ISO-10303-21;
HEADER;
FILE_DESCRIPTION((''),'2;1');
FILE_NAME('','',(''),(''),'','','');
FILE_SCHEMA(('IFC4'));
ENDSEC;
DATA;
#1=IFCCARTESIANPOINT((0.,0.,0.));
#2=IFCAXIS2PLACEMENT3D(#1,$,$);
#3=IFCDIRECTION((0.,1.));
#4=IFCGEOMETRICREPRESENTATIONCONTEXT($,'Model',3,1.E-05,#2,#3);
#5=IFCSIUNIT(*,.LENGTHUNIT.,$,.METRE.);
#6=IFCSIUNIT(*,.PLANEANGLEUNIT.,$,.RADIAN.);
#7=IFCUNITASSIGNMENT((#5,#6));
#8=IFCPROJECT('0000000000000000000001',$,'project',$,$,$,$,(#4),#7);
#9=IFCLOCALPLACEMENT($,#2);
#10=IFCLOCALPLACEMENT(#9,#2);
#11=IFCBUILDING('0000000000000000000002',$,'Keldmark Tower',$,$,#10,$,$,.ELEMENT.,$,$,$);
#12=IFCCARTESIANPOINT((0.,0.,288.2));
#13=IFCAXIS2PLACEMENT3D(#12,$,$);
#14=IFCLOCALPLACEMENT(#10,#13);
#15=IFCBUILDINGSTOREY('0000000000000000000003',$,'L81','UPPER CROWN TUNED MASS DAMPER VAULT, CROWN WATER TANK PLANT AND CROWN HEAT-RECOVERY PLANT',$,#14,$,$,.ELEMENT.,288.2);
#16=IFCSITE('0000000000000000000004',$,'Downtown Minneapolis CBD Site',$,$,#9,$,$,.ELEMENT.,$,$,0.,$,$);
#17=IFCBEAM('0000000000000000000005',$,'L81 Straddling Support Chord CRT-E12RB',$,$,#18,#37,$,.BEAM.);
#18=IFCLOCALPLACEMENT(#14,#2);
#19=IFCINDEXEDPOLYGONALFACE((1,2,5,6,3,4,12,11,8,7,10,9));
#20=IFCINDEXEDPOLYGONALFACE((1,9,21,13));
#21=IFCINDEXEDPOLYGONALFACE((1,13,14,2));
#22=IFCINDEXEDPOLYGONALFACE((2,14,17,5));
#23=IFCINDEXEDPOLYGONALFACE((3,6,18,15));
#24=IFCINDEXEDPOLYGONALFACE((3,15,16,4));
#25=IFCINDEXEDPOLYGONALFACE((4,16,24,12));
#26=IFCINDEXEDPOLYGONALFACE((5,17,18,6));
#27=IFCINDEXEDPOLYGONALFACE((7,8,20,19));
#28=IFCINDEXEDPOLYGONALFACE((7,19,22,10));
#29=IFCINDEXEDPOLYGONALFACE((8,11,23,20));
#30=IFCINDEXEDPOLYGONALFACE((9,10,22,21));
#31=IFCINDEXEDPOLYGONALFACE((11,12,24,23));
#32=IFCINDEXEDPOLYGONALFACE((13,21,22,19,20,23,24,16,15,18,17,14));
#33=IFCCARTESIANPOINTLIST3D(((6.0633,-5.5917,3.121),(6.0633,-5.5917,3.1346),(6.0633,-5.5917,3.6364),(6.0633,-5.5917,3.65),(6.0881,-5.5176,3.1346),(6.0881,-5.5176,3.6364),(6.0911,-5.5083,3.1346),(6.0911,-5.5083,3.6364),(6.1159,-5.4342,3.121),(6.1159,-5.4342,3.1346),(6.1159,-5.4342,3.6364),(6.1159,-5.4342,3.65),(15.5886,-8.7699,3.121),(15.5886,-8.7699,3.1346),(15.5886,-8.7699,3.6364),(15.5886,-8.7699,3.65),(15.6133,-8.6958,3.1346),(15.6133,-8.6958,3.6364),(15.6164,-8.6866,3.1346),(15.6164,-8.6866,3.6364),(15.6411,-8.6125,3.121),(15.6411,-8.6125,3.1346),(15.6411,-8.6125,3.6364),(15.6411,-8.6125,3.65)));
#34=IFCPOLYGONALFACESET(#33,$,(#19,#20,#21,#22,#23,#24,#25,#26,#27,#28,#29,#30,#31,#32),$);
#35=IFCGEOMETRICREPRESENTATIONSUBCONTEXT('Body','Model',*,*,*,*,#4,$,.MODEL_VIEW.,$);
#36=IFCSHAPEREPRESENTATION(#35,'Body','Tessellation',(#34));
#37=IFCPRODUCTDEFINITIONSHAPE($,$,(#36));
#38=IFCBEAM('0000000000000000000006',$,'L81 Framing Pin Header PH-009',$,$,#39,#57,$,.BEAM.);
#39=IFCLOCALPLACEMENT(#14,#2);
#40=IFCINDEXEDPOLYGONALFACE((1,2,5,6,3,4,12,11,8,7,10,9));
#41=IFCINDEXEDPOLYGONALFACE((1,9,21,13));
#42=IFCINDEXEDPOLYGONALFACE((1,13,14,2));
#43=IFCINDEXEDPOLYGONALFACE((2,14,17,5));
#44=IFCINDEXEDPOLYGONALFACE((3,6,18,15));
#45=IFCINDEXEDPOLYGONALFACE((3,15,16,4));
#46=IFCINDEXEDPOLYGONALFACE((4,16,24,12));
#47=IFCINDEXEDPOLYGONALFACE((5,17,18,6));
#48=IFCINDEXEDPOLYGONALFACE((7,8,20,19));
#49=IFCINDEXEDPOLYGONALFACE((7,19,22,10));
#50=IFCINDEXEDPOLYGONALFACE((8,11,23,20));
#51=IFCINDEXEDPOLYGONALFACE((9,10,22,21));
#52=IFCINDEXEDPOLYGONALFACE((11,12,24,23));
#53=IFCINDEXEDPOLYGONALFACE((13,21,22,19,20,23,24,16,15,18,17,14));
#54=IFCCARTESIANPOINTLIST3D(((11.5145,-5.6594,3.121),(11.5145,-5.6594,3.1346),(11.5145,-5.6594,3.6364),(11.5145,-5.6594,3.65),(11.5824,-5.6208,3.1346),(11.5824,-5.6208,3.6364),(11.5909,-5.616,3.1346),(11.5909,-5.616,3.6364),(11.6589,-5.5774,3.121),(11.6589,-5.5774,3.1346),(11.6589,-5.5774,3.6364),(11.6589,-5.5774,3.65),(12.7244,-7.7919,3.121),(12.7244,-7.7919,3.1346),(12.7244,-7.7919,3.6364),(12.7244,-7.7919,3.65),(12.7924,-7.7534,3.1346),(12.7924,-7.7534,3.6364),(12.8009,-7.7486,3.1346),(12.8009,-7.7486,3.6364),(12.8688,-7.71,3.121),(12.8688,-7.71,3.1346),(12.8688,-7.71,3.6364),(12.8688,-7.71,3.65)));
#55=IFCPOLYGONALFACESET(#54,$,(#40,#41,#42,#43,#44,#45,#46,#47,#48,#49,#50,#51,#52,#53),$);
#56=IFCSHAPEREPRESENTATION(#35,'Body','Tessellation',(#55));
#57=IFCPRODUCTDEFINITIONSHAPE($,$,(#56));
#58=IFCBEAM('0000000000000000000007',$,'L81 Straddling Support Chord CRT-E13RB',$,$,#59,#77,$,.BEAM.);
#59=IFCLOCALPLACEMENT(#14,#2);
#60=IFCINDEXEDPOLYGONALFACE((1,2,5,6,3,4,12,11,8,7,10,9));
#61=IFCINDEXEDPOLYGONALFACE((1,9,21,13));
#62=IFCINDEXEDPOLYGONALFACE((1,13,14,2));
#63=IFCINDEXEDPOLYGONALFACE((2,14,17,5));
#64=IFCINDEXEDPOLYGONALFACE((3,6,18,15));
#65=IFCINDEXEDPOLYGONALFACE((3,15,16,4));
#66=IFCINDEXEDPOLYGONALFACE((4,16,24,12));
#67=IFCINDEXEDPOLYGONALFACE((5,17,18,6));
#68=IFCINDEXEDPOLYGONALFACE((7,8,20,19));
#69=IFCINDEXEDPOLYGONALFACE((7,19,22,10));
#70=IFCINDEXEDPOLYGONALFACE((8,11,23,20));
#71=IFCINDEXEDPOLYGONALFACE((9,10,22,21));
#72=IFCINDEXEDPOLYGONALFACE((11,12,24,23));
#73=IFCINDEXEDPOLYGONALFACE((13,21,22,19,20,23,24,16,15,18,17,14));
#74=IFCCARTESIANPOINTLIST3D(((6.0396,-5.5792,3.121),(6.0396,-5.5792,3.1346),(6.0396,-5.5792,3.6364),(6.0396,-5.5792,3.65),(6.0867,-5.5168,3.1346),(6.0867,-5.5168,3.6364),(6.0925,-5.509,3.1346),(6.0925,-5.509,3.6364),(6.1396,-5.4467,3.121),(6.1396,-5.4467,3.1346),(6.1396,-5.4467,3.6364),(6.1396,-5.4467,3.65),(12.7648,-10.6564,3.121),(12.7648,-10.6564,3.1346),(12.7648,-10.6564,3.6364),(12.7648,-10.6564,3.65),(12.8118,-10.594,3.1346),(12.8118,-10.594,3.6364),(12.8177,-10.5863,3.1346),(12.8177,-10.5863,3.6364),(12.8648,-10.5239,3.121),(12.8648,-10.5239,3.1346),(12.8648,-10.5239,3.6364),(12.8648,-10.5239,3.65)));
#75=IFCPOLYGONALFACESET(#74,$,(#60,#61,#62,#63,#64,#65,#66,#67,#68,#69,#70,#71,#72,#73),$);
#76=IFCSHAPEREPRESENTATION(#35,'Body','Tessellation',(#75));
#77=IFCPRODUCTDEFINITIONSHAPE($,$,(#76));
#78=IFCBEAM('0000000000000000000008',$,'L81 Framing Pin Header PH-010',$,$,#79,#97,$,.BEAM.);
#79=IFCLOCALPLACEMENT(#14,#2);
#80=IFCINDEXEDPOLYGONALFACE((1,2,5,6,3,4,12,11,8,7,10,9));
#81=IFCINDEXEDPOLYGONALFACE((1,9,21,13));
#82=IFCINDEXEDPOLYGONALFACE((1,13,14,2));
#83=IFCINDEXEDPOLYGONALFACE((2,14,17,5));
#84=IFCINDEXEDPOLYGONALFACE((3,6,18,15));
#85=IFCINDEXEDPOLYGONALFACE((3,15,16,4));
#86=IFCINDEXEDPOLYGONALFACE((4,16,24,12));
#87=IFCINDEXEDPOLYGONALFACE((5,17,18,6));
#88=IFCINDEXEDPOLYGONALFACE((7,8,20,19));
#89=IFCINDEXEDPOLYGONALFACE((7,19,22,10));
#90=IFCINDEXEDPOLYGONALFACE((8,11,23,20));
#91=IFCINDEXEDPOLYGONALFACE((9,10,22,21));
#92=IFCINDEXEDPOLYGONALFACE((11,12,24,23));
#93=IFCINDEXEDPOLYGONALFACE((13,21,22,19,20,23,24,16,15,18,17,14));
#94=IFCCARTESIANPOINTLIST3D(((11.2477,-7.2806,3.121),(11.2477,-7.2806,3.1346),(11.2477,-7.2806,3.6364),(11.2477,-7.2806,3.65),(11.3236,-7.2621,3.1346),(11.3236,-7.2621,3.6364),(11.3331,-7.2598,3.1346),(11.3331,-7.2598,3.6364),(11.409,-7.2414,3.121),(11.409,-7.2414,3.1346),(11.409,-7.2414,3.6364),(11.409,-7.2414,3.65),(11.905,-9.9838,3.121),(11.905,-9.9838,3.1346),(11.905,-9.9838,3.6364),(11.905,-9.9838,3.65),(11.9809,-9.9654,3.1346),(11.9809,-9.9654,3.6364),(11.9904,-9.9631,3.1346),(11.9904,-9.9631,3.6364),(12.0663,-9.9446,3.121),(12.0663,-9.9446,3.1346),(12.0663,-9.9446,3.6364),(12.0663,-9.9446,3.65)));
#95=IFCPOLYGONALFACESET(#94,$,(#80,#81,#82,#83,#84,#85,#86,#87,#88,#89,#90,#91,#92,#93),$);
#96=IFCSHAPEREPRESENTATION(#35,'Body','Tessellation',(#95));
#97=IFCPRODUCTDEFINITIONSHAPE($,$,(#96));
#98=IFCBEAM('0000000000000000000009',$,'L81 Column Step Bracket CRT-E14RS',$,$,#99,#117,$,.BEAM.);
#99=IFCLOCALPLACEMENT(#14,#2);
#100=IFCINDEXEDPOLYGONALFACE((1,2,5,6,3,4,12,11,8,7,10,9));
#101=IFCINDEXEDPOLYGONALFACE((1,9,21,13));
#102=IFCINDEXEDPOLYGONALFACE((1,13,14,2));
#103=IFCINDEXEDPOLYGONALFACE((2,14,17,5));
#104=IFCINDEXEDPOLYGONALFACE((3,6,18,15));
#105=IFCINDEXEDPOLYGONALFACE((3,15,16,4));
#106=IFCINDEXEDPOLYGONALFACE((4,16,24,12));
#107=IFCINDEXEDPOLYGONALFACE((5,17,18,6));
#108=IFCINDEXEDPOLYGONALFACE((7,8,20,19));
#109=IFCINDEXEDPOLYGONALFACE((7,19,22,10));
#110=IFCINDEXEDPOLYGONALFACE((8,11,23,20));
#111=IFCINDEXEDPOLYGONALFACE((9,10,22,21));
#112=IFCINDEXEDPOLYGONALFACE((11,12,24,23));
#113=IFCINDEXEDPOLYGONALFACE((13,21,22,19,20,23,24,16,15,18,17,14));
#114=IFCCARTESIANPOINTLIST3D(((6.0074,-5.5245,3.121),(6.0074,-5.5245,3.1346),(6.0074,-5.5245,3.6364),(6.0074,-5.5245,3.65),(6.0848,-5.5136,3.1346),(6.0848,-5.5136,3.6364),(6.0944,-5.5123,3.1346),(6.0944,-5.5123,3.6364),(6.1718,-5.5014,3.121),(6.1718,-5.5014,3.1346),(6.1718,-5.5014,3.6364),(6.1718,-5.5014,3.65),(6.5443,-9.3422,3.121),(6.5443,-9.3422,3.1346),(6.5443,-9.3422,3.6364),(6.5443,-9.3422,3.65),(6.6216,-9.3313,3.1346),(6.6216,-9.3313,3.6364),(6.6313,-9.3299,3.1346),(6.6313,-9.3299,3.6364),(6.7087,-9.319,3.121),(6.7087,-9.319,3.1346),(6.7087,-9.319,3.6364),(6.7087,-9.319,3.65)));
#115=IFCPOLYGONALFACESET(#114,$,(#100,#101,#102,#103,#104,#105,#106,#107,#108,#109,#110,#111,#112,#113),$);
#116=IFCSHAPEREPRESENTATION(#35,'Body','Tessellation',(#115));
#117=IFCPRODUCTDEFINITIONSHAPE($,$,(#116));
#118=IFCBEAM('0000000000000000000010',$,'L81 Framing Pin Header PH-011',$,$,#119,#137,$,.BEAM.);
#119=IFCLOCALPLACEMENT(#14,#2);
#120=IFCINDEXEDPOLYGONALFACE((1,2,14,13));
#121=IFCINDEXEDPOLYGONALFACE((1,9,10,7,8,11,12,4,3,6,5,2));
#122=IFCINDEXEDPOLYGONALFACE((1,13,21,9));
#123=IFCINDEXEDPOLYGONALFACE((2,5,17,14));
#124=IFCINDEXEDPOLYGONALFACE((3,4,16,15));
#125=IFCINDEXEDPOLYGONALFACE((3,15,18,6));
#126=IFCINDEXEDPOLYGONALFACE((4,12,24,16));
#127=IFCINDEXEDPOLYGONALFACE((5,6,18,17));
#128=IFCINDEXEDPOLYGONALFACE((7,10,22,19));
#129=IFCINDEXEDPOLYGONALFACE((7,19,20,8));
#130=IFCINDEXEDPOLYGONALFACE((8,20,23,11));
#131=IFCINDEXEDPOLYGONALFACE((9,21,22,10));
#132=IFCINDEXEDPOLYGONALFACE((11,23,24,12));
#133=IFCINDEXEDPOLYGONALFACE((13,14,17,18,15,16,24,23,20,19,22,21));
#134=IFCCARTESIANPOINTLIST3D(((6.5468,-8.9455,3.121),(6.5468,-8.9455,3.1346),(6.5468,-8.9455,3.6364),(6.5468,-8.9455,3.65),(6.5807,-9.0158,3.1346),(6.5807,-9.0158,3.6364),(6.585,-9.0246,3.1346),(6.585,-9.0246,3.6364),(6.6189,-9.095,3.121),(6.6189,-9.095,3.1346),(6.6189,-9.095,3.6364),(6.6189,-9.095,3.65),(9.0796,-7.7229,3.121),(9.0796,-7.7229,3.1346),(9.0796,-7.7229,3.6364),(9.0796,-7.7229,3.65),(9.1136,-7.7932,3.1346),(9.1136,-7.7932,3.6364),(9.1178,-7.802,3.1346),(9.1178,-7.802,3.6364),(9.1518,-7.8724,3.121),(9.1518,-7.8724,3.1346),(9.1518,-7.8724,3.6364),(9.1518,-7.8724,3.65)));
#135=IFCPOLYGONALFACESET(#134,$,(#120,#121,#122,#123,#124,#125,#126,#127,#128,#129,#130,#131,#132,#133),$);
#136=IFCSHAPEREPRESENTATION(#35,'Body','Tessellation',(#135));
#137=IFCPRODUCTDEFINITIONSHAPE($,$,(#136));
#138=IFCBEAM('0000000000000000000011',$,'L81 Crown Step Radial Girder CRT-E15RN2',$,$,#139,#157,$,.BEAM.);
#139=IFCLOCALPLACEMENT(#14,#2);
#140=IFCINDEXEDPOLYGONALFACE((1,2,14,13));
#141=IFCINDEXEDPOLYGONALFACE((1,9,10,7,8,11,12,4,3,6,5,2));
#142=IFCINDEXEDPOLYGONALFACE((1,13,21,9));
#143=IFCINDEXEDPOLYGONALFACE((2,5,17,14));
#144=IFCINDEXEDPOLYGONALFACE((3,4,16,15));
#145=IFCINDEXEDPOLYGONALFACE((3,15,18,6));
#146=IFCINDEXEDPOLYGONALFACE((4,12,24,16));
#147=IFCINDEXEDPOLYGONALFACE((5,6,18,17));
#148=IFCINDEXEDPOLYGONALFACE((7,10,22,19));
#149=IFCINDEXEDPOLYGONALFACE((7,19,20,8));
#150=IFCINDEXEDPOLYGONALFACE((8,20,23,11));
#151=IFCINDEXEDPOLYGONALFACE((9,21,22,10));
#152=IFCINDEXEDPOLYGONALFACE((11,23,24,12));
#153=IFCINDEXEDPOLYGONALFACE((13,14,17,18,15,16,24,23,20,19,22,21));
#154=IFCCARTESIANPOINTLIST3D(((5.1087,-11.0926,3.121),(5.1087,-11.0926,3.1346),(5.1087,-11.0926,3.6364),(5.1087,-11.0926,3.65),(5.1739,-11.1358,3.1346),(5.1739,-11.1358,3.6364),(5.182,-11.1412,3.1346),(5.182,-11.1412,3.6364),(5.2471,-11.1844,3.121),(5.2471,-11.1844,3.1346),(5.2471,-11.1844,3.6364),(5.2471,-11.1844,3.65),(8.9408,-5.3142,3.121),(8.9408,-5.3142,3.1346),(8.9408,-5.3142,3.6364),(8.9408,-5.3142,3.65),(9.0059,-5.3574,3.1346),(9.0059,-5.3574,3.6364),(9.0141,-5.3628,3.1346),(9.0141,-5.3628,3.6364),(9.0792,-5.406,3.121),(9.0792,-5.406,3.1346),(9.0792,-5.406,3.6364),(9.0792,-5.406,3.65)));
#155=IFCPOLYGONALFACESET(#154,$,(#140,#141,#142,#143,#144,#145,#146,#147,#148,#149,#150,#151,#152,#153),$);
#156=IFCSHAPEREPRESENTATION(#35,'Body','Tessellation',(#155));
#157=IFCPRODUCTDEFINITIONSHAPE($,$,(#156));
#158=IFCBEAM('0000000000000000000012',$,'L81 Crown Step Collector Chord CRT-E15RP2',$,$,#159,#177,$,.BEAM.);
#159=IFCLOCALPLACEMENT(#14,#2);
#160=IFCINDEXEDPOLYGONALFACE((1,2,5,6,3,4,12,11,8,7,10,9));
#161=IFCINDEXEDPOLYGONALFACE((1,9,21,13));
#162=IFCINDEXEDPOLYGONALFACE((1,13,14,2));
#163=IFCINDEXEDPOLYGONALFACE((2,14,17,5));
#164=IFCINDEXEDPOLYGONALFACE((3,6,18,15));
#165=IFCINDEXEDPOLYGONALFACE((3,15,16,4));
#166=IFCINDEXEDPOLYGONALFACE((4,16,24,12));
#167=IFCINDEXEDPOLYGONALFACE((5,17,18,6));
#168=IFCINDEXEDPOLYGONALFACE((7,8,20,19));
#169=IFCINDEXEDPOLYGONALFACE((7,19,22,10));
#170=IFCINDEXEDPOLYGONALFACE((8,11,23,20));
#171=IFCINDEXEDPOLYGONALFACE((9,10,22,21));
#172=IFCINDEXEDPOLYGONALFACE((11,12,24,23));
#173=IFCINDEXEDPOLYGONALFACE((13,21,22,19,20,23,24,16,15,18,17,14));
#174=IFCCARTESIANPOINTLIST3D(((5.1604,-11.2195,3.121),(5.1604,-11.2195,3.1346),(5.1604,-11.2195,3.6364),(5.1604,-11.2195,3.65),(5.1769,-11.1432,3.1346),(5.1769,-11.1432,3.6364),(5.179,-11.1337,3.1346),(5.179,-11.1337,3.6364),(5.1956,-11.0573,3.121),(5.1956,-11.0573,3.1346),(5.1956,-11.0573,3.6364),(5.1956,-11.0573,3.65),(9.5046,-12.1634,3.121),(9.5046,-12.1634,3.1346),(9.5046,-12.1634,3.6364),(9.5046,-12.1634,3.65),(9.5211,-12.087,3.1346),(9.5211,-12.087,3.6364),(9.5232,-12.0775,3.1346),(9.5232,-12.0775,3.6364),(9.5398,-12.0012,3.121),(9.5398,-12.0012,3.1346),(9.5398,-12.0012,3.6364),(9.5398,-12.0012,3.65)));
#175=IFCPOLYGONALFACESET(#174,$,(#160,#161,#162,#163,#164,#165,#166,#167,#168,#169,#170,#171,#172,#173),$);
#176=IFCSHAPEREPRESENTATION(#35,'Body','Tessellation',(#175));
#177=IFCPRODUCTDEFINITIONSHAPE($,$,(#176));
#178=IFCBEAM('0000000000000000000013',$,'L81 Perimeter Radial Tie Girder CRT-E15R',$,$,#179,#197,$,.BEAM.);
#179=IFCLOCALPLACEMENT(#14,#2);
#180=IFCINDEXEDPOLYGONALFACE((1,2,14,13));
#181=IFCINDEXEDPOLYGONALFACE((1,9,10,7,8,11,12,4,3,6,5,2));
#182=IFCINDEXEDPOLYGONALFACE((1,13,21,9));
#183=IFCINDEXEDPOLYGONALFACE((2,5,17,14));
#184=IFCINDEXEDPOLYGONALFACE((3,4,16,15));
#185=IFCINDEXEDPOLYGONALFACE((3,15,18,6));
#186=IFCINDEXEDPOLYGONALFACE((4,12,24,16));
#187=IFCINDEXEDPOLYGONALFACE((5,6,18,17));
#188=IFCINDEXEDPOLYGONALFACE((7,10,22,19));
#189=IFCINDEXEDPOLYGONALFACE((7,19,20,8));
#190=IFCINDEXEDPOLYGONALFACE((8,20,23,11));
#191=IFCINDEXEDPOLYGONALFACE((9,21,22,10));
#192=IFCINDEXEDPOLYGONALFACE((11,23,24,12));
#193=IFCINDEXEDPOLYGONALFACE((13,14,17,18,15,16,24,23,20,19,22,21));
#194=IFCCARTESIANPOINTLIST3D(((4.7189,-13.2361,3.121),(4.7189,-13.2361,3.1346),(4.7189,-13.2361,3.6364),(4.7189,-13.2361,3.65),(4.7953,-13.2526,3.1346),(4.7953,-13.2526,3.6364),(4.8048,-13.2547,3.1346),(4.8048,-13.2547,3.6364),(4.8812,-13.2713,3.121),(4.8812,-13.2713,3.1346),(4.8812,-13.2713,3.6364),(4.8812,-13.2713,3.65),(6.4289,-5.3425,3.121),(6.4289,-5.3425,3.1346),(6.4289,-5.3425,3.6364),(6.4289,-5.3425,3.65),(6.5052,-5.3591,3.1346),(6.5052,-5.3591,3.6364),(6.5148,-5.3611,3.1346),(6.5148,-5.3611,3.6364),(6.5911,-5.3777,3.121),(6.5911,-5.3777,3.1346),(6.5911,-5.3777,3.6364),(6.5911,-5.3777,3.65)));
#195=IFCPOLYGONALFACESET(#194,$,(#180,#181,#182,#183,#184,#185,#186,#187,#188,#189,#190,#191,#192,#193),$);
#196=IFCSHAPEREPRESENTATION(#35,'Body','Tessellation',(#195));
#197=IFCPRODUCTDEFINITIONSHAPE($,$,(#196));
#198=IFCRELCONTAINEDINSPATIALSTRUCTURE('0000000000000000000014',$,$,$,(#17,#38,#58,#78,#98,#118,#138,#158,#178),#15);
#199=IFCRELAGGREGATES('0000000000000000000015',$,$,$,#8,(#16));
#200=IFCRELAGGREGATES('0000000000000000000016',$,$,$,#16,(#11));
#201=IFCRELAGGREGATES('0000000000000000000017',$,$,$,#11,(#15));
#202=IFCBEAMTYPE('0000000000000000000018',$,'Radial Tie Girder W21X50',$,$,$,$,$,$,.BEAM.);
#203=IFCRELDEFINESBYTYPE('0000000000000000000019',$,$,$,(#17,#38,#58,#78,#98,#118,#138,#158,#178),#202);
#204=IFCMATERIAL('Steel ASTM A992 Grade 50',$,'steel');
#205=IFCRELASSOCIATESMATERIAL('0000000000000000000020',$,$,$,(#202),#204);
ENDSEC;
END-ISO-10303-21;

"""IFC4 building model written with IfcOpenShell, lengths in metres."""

from ifc_helpers import new_model, si_unit, direction, frame, origin, origin_2d, place, context, subcontext, project, spatial, i_section, extrude, material, material_profile, profile_set, type_object, element, save


model = new_model("IFC4")

# Units and contexts
model_context = context("Model", 3, precision=1e-05, world=origin(), true_north=direction((0.0, 1.0)))
body_context = subcontext(model_context, "Body", "Model", "MODEL_VIEW")
ifc_project = project(units=[si_unit("LENGTHUNIT", "METRE"), si_unit("PLANEANGLEUNIT", "RADIAN")], contexts=[model_context])

# Site, building, storey
site_placement = place(None, origin())
site = spatial("IfcSite", under=ifc_project, at=site_placement, Name="Downtown Minneapolis CBD Site", CompositionType="ELEMENT", RefElevation=0.0)
building_placement = place(site_placement, origin())
building = spatial("IfcBuilding", under=site, at=building_placement, Name="Keldmark Tower", CompositionType="ELEMENT")
storey_placement = place(building_placement, frame((0.0, 0.0, 288.2)))
storey = spatial("IfcBuildingStorey", under=building, at=storey_placement, Name="L81", Description="UPPER CROWN TUNED MASS DAMPER VAULT, CROWN WATER TANK PLANT AND CROWN HEAT-RECOVERY PLANT", CompositionType="ELEMENT", Elevation=288.2)

# Beams
ifc_material_1 = material(Name="Steel ASTM A992 Grade 50", Category="steel")
ifc_material_profile_1 = material_profile(ifc_material_1, i_section(OverallWidth=0.166, OverallDepth=0.5291, WebThickness=0.0098, FlangeThickness=0.0137, at=origin_2d()), Name="W21X50")
ifc_profile_set_1 = profile_set([ifc_material_profile_1], Name="Steel ASTM A992 Grade 50")
beam_type_1 = type_object("IfcBeamType", Name="Radial Tie Girder W21X50", PredefinedType="BEAM", material=ifc_profile_set_1)
beam_1_placement = place(storey_placement, frame((6.0896, -5.5129, 3.3855), z_axis=(0.948588, -0.316512, 0.0), x_axis=(0.316512, 0.948588, 0.0)))
element("IfcBeam", 1, at=beam_1_placement, inside=storey, type_object=beam_type_1, Name="L81 Straddling Support Chord CRT-E12RB", PredefinedType="BEAM", context=body_context, shape_type="SweptSolid", body=[
    extrude(i_section(OverallWidth=0.166, OverallDepth=0.5291, WebThickness=0.0098, FlangeThickness=0.0137, at=origin_2d()), origin(), (0.0, 0.0, 1.0), 10.0415),
])
beam_2_placement = place(storey_placement, frame((11.5867, -5.6184, 3.3855), z_axis=(0.493477, -0.869759, 0.0), x_axis=(0.869759, 0.493477, 0.0)))
element("IfcBeam", 2, at=beam_2_placement, inside=storey, type_object=beam_type_1, Name="L81 Framing Pin Header PH-009", PredefinedType="BEAM", context=body_context, shape_type="SweptSolid", body=[
    extrude(i_section(OverallWidth=0.166, OverallDepth=0.5291, WebThickness=0.0098, FlangeThickness=0.0137, at=origin_2d()), origin(), (0.0, 0.0, 1.0), 2.4519),
])
beam_3_placement = place(storey_placement, frame((6.0896, -5.5129, 3.3855), z_axis=(0.798098, -0.602528, 0.0), x_axis=(0.602528, 0.798098, 0.0)))
element("IfcBeam", 3, at=beam_3_placement, inside=storey, type_object=beam_type_1, Name="L81 Straddling Support Chord CRT-E13RB", PredefinedType="BEAM", context=body_context, shape_type="SweptSolid", body=[
    extrude(i_section(OverallWidth=0.166, OverallDepth=0.5291, WebThickness=0.0098, FlangeThickness=0.0137, at=origin_2d()), origin(), (0.0, 0.0, 1.0), 8.4265),
])
beam_4_placement = place(storey_placement, frame((11.3284, -7.261, 3.3855), z_axis=(0.236253, -0.971692, 0.0), x_axis=(0.971692, 0.236253, 0.0)))
element("IfcBeam", 4, at=beam_4_placement, inside=storey, type_object=beam_type_1, Name="L81 Framing Pin Header PH-010", PredefinedType="BEAM", context=body_context, shape_type="SweptSolid", body=[
    extrude(i_section(OverallWidth=0.166, OverallDepth=0.5291, WebThickness=0.0098, FlangeThickness=0.0137, at=origin_2d()), origin(), (0.0, 0.0, 1.0), 2.782),
])
beam_5_placement = place(storey_placement, frame((6.0896, -5.5129, 3.3855), z_axis=(0.139258, -0.990256, 0.0), x_axis=(0.990256, 0.139258, 0.0)))
element("IfcBeam", 5, at=beam_5_placement, inside=storey, type_object=beam_type_1, Name="L81 Column Step Bracket CRT-E14RS", PredefinedType="BEAM", context=body_context, shape_type="SweptSolid", body=[
    extrude(i_section(OverallWidth=0.166, OverallDepth=0.5291, WebThickness=0.0098, FlangeThickness=0.0137, at=origin_2d()), origin(), (0.0, 0.0, 1.0), 3.8552),
])
beam_6_placement = place(storey_placement, frame((9.1157, -7.7976, 3.3855), z_axis=(-0.900573, -0.434705, 0.0), x_axis=(0.434705, -0.900573, 0.0)))
element("IfcBeam", 6, at=beam_6_placement, inside=storey, type_object=beam_type_1, Name="L81 Framing Pin Header PH-011", PredefinedType="BEAM", context=body_context, shape_type="SweptSolid", body=[
    extrude(i_section(OverallWidth=0.166, OverallDepth=0.5291, WebThickness=0.0098, FlangeThickness=0.0137, at=origin_2d()), origin(), (0.0, 0.0, 1.0), 2.8125),
])
beam_7_placement = place(storey_placement, frame((9.01, -5.3601, 3.3855), z_axis=(-0.552683, -0.833391, 0.0), x_axis=(0.833391, -0.552683, 0.0)))
element("IfcBeam", 7, at=beam_7_placement, inside=storey, type_object=beam_type_1, Name="L81 Crown Step Radial Girder CRT-E15RN2", PredefinedType="BEAM", context=body_context, shape_type="SweptSolid", body=[
    extrude(i_section(OverallWidth=0.166, OverallDepth=0.5291, WebThickness=0.0098, FlangeThickness=0.0137, at=origin_2d()), origin(), (0.0, 0.0, 1.0), 6.9336),
])
beam_8_placement = place(storey_placement, frame((5.178, -11.1384, 3.3855), z_axis=(0.977202, -0.212311, 0.0), x_axis=(0.212311, 0.977202, 0.0)))
element("IfcBeam", 8, at=beam_8_placement, inside=storey, type_object=beam_type_1, Name="L81 Crown Step Collector Chord CRT-E15RP2", PredefinedType="BEAM", context=body_context, shape_type="SweptSolid", body=[
    extrude(i_section(OverallWidth=0.166, OverallDepth=0.5291, WebThickness=0.0098, FlangeThickness=0.0137, at=origin_2d()), origin(), (0.0, 0.0, 1.0), 4.4456),
])
beam_9_placement = place(storey_placement, frame((6.51, -5.3601, 3.3855), z_axis=(-0.211717, -0.977331, 0.0), x_axis=(0.977331, -0.211717, 0.0)))
element("IfcBeam", 9, at=beam_9_placement, inside=storey, type_object=beam_type_1, Name="L81 Perimeter Radial Tie Girder CRT-E15R", PredefinedType="BEAM", context=body_context, shape_type="SweptSolid", body=[
    extrude(i_section(OverallWidth=0.166, OverallDepth=0.5291, WebThickness=0.0098, FlangeThickness=0.0137, at=origin_2d()), origin(), (0.0, 0.0, 1.0), 8.0767),
])

save(model, "model.ifc")
